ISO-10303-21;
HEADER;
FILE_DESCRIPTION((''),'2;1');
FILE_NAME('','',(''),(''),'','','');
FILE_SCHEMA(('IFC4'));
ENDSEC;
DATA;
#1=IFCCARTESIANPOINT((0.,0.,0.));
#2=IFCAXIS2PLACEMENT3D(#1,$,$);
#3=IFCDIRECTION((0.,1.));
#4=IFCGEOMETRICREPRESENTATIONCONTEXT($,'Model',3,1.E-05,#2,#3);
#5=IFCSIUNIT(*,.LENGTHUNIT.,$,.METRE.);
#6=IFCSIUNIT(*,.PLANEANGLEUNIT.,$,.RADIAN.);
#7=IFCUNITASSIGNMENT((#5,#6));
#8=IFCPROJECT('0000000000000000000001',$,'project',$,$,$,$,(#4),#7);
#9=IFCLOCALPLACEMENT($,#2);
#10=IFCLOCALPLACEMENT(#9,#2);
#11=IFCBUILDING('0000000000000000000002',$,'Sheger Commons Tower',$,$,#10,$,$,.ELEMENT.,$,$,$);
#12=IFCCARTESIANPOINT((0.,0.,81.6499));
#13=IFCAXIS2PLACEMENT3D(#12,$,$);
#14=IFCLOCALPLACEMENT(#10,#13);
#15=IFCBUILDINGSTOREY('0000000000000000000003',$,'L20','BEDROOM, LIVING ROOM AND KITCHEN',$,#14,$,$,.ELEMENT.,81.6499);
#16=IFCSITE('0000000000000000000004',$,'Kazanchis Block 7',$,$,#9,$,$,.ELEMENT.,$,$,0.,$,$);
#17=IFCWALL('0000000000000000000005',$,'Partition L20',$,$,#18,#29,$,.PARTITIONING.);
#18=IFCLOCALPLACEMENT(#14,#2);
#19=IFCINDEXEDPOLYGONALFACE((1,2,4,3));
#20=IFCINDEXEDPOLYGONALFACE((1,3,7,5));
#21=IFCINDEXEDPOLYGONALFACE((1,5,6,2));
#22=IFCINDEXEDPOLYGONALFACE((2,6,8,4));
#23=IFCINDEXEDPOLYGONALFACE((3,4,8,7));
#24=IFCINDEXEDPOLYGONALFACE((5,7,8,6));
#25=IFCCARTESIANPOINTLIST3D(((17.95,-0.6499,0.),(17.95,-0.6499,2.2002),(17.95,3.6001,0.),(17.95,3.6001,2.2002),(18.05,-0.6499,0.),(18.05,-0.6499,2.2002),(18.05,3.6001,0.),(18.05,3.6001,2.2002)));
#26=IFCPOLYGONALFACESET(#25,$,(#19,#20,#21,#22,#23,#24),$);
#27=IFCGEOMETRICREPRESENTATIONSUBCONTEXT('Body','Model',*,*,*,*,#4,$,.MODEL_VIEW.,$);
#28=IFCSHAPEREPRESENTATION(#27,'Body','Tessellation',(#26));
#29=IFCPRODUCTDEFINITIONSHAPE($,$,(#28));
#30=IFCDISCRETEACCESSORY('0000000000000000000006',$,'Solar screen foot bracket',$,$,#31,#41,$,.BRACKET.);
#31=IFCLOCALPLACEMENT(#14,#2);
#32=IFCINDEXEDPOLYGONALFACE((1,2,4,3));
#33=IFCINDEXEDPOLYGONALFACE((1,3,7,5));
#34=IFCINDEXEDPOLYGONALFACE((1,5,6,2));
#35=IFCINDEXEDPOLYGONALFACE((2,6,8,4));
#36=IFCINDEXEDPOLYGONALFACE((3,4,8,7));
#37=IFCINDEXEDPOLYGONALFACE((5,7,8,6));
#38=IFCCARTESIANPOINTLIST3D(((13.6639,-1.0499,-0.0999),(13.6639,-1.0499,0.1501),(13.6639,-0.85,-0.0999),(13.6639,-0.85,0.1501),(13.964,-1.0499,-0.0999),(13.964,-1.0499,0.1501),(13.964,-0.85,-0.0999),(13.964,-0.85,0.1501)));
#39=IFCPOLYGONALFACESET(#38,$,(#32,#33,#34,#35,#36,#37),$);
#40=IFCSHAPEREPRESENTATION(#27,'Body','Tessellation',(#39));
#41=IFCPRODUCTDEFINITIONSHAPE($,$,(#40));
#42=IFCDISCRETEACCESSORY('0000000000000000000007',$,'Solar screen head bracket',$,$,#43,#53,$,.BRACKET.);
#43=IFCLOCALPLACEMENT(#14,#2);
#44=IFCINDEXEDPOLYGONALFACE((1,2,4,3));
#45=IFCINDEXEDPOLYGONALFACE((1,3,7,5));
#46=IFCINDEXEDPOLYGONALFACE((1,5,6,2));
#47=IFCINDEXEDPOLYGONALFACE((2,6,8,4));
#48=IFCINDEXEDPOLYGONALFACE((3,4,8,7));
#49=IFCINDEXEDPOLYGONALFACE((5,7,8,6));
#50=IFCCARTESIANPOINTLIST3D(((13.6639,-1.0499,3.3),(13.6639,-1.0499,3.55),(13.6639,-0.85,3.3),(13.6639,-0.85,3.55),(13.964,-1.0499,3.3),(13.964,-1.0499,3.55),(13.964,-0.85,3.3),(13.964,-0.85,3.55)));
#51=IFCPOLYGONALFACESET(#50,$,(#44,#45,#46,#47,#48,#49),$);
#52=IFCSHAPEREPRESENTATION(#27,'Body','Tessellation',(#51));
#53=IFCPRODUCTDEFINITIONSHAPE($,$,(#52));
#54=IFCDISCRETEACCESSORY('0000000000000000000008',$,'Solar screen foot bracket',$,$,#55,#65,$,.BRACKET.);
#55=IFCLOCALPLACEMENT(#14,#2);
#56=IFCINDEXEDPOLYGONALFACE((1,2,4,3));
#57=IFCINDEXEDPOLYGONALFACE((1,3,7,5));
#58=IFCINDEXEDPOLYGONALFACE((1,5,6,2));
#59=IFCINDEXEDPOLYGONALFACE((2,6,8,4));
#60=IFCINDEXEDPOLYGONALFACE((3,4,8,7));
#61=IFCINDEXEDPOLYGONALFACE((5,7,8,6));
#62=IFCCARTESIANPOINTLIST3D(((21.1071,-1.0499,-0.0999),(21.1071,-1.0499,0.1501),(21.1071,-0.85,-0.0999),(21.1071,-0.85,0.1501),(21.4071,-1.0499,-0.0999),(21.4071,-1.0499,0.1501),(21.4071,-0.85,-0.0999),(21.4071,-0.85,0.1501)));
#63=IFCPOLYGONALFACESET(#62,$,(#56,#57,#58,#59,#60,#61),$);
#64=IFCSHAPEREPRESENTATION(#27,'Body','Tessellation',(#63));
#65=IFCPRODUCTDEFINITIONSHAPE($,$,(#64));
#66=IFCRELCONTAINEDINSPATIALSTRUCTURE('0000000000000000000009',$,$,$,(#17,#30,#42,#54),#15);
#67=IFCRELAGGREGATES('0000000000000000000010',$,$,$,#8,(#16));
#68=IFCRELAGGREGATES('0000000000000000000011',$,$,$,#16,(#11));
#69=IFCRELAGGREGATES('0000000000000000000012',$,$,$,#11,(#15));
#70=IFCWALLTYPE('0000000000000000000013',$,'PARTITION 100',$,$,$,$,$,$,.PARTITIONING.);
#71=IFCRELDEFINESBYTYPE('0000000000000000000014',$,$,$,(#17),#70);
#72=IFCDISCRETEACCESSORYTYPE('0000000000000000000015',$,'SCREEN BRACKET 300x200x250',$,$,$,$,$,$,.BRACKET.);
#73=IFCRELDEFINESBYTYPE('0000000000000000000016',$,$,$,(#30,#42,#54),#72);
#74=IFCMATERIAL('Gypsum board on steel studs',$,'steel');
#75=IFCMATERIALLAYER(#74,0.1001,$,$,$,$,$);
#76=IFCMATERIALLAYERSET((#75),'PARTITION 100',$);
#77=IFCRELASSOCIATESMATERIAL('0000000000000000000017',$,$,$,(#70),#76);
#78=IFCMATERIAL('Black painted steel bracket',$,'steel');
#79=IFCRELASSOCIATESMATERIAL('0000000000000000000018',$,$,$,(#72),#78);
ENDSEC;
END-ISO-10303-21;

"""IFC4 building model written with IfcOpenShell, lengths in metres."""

from ifc_helpers import new_model, si_unit, direction, frame, frame_2d, origin, origin_2d, place, context, subcontext, project, spatial, rectangle, extrude, material, layer, layer_set, type_object, element, save


model = new_model("IFC4")

# Units and contexts
model_context = context("Model", 3, precision=1e-05, world=origin(), true_north=direction((0.0, 1.0)))
body_context = subcontext(model_context, "Body", "Model", "MODEL_VIEW")
ifc_project = project(units=[si_unit("LENGTHUNIT", "METRE"), si_unit("PLANEANGLEUNIT", "RADIAN")], contexts=[model_context])

# Site, building, storey
site_placement = place(None, origin())
site = spatial("IfcSite", under=ifc_project, at=site_placement, Name="Kazanchis Block 7", CompositionType="ELEMENT", RefElevation=0.0)
building_placement = place(site_placement, origin())
building = spatial("IfcBuilding", under=site, at=building_placement, Name="Sheger Commons Tower", CompositionType="ELEMENT")
storey_placement = place(building_placement, frame((0.0, 0.0, 81.6499)))
storey = spatial("IfcBuildingStorey", under=building, at=storey_placement, Name="L20", Description="BEDROOM, LIVING ROOM AND KITCHEN", CompositionType="ELEMENT", Elevation=81.6499)

# Wall
ifc_material_1 = material(Name="Gypsum board on steel studs", Category="steel")
ifc_layer_1 = layer(ifc_material_1, 0.1001)
ifc_layer_set_1 = layer_set([ifc_layer_1], Name="PARTITION 100")
wall_type_1 = type_object("IfcWallType", Name="PARTITION 100", PredefinedType="PARTITIONING", material=ifc_layer_set_1)
wall_1_placement = place(storey_placement, frame((18.0, -0.6499, 0.0), z_axis=(0.0, 0.0, 1.0), x_axis=(0.0, 1.0, 0.0)))
element("IfcWall", 1, at=wall_1_placement, inside=storey, type_object=wall_type_1, Name="Partition L20", PredefinedType="PARTITIONING", context=body_context, shape_type="SweptSolid", body=[
    extrude(rectangle(XDim=4.25, YDim=0.1001, at=frame_2d((2.125, 0.0))), origin(), (0.0, 0.0, 1.0), 2.2002),
])

# Discrete accessories
ifc_material_2 = material(Name="Black painted steel bracket", Category="steel")
discrete_accessory_type = type_object("IfcDiscreteAccessoryType", Name="SCREEN BRACKET 300x200x250", PredefinedType="BRACKET", material=ifc_material_2)
for number, where, z_axis, x_axis, name in (
    (2, (13.814, -0.95, -0.0999), (0.0, 0.0, 1.0), (1.0, 0.0, 0.0), "Solar screen foot bracket"),
    (3, (13.814, -0.95, 3.3), (0.0, 0.0, 1.0), (1.0, 0.0, 0.0), "Solar screen head bracket"),
    (4, (21.2571, -0.95, -0.0999), (0.0, 0.0, 1.0), (1.0, 0.0, 0.0), "Solar screen foot bracket"),
):
    element("IfcDiscreteAccessory", number, at=place(storey_placement, frame(where, z_axis=z_axis, x_axis=x_axis)), inside=storey, type_object=discrete_accessory_type, Name=name, PredefinedType="BRACKET", context=body_context, shape_type="SweptSolid", body=[
        extrude(rectangle(XDim=0.3, YDim=0.2, at=origin_2d()), origin(), (0.0, 0.0, 1.0), 0.25),
    ])

save(model, "model.ifc")
